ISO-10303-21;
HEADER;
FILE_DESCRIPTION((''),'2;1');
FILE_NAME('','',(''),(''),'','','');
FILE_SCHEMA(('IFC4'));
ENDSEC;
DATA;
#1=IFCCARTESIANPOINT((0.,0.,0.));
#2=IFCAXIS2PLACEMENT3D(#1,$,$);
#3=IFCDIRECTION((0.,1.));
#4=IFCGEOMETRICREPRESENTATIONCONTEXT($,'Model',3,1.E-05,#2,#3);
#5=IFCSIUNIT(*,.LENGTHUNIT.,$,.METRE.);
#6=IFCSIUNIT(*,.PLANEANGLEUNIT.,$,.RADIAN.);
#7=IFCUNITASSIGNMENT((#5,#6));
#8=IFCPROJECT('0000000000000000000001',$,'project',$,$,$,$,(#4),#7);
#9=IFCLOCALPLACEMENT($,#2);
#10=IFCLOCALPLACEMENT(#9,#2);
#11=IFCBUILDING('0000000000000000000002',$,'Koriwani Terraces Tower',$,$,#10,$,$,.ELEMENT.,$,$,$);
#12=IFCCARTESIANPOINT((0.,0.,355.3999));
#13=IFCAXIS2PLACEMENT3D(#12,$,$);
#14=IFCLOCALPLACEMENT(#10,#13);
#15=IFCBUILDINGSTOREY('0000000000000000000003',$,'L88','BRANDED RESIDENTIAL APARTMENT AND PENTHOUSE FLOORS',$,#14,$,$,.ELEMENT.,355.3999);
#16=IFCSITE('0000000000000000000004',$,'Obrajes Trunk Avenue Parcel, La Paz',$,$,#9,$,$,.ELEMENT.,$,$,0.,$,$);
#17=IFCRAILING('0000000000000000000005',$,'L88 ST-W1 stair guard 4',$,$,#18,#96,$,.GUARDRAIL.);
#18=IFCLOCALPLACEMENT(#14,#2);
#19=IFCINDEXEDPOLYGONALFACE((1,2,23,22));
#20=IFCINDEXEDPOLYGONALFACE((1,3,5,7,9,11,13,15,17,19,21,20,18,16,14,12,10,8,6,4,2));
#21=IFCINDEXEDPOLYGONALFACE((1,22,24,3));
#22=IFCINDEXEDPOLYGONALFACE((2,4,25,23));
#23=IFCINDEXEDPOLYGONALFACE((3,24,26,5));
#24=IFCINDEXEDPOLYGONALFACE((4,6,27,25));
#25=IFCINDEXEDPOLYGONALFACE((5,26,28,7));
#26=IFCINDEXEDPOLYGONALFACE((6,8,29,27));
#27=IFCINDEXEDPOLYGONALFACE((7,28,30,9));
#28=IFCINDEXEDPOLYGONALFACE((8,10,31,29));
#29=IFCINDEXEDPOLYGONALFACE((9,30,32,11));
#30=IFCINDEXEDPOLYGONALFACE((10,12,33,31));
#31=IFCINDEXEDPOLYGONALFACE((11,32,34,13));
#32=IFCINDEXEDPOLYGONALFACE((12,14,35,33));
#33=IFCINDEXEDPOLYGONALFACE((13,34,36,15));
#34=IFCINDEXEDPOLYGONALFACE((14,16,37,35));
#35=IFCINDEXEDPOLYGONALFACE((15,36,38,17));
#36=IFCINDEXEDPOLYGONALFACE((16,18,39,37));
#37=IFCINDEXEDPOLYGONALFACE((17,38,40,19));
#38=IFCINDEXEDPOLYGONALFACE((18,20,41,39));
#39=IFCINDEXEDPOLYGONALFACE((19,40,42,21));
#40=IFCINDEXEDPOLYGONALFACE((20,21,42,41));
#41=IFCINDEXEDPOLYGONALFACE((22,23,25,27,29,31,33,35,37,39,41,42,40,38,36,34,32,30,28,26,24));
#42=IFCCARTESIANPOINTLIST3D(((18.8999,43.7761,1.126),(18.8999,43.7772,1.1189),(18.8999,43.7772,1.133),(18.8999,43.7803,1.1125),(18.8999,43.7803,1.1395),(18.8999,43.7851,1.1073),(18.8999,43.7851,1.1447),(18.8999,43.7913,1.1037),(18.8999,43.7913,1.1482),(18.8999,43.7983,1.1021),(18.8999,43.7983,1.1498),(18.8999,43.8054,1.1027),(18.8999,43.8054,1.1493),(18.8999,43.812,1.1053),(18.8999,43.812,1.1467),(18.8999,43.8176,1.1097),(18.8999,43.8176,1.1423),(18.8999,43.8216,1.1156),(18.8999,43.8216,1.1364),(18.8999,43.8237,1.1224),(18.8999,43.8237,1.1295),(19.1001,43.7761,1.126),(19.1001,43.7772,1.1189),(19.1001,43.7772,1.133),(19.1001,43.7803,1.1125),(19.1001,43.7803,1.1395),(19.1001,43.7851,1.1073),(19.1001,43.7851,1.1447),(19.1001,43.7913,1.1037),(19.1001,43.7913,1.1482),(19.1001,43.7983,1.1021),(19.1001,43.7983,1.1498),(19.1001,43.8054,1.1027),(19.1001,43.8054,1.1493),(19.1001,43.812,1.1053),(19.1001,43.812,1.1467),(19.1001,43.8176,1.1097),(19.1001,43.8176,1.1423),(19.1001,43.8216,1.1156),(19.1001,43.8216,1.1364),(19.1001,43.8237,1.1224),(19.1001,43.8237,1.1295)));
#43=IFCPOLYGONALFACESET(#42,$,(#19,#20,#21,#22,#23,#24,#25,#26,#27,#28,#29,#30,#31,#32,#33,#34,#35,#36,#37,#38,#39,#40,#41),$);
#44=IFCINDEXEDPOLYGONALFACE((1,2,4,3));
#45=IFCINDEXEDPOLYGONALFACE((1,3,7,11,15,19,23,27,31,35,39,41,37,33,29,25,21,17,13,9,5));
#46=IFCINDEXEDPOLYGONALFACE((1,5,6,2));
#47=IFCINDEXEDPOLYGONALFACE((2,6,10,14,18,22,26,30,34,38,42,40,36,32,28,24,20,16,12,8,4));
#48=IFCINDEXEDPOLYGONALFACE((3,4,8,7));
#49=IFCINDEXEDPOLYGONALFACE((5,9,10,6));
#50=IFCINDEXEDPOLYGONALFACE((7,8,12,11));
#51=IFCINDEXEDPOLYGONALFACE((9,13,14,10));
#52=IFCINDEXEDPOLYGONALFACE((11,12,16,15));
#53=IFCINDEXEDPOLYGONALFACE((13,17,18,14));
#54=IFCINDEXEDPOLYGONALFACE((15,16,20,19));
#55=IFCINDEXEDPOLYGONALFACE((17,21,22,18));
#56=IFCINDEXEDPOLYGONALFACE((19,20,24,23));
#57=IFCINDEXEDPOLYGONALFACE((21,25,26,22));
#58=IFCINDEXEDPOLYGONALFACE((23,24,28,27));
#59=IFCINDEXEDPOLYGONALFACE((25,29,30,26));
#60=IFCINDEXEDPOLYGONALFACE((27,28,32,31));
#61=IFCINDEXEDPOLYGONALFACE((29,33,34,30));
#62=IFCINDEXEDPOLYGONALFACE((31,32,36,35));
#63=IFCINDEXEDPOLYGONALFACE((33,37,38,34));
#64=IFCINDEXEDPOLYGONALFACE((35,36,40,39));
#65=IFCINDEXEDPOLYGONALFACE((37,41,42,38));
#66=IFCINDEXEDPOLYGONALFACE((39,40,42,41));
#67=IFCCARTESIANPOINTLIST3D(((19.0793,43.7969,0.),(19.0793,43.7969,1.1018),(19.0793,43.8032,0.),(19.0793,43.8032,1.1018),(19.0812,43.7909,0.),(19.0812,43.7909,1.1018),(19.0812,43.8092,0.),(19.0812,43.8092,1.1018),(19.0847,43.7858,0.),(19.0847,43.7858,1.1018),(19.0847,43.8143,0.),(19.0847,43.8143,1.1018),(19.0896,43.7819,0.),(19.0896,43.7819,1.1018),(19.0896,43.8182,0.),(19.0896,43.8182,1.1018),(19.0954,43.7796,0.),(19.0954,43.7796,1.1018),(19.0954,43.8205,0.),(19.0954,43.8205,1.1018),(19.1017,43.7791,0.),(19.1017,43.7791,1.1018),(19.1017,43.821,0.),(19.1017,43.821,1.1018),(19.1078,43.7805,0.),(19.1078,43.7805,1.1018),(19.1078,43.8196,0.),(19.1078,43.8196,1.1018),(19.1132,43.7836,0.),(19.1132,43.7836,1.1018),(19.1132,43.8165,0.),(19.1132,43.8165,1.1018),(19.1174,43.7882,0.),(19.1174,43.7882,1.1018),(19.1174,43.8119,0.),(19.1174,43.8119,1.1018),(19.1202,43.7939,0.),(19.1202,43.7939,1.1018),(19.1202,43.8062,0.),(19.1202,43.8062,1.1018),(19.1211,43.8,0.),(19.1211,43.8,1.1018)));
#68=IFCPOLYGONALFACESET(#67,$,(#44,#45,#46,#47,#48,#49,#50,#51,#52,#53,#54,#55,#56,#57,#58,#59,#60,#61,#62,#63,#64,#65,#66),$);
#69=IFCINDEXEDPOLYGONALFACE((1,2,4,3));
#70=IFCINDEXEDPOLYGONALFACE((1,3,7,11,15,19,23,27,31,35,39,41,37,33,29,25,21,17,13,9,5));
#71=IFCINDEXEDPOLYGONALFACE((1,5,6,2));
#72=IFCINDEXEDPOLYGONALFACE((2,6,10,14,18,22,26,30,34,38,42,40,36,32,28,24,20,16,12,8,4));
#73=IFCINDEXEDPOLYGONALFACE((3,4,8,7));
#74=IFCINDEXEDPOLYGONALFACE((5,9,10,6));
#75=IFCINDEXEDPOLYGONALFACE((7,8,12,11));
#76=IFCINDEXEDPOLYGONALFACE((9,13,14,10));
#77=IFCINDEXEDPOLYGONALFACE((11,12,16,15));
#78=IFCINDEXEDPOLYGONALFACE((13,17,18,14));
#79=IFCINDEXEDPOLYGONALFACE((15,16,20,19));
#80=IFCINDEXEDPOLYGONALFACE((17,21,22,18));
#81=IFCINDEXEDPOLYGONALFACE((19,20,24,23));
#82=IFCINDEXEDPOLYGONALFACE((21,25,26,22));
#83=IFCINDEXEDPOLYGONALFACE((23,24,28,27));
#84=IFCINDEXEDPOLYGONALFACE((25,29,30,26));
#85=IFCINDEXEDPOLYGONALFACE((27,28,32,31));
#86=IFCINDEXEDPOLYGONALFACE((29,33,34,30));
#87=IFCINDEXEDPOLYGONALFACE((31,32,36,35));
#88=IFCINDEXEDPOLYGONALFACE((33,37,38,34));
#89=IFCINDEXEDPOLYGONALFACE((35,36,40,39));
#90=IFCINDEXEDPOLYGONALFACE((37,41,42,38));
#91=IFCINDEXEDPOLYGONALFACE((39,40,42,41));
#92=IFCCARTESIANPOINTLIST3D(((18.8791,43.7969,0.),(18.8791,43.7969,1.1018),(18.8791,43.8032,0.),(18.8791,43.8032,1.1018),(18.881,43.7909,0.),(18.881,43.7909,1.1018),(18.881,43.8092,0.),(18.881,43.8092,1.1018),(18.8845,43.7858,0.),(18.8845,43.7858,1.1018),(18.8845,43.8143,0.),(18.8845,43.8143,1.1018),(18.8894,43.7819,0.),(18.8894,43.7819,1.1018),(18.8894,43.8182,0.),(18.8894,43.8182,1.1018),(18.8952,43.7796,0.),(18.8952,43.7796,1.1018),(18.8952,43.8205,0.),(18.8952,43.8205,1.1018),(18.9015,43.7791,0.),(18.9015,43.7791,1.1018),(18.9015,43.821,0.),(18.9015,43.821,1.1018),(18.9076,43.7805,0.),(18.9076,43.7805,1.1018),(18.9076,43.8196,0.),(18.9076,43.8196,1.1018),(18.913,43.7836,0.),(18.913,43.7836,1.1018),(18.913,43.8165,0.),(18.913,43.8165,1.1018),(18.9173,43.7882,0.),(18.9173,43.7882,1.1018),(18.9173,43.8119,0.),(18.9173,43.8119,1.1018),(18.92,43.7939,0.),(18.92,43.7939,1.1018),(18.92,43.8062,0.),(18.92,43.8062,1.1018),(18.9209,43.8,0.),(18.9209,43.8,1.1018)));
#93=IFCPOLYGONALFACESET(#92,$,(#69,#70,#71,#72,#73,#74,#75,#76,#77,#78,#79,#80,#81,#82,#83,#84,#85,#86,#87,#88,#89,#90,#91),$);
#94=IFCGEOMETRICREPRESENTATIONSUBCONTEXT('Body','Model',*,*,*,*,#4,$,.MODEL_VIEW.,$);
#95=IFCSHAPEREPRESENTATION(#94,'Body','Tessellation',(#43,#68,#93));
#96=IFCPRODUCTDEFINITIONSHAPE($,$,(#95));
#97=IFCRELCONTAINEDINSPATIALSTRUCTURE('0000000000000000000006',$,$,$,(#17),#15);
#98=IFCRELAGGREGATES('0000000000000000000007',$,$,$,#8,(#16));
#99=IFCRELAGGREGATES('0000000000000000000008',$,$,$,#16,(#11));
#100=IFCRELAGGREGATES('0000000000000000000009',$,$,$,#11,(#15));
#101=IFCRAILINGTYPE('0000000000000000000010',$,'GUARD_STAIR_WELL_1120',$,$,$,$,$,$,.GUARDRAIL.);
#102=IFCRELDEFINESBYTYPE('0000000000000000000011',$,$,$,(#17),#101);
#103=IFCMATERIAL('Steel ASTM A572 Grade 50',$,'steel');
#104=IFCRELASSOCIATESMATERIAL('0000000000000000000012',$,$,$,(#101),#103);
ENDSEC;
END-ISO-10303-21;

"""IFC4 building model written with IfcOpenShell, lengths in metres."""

from ifc_helpers import new_model, si_unit, direction, frame, origin, origin_2d, place, context, subcontext, project, spatial, circle, extrude, material, type_object, element, save


model = new_model("IFC4")

# Units and contexts
model_context = context("Model", 3, precision=1e-05, world=origin(), true_north=direction((0.0, 1.0)))
body_context = subcontext(model_context, "Body", "Model", "MODEL_VIEW")
ifc_project = project(units=[si_unit("LENGTHUNIT", "METRE"), si_unit("PLANEANGLEUNIT", "RADIAN")], contexts=[model_context])

# Site, building, storey
site_placement = place(None, origin())
site = spatial("IfcSite", under=ifc_project, at=site_placement, Name="Obrajes Trunk Avenue Parcel, La Paz", CompositionType="ELEMENT", RefElevation=0.0)
building_placement = place(site_placement, origin())
building = spatial("IfcBuilding", under=site, at=building_placement, Name="Koriwani Terraces Tower", CompositionType="ELEMENT")
storey_placement = place(building_placement, frame((0.0, 0.0, 355.3999)))
storey = spatial("IfcBuildingStorey", under=building, at=storey_placement, Name="L88", Description="BRANDED RESIDENTIAL APARTMENT AND PENTHOUSE FLOORS", CompositionType="ELEMENT", Elevation=355.3999)

# Shared definitions
ifc_material_1 = material(Name="Steel ASTM A572 Grade 50", Category="steel")

# Railing
railing_type_1 = type_object("IfcRailingType", Name="GUARD_STAIR_WELL_1120", PredefinedType="GUARDRAIL", material=ifc_material_1)
railing_1_placement = place(storey_placement, frame((19.1001, 43.8, 0.0)))
element("IfcRailing", 1, at=railing_1_placement, inside=storey, type_object=railing_type_1, Name="L88 ST-W1 stair guard 4", PredefinedType="GUARDRAIL", context=body_context, shape_type="SweptSolid", body=[
    extrude(circle(Radius=0.0239, at=origin_2d()), frame((0.0, 0.0, 1.126), z_axis=(-1.0, 0.0, 0.0), x_axis=(0.0, -1.0, 0.0)), (0.0, 0.0, 1.0), 0.2002),
    extrude(circle(Radius=0.021, at=origin_2d()), origin(), (0.0, 0.0, 1.0), 1.1018),
    extrude(circle(Radius=0.021, at=origin_2d()), frame((-0.2002, 0.0, 0.0)), (0.0, 0.0, 1.0), 1.1018),
])

save(model, "model.ifc")
